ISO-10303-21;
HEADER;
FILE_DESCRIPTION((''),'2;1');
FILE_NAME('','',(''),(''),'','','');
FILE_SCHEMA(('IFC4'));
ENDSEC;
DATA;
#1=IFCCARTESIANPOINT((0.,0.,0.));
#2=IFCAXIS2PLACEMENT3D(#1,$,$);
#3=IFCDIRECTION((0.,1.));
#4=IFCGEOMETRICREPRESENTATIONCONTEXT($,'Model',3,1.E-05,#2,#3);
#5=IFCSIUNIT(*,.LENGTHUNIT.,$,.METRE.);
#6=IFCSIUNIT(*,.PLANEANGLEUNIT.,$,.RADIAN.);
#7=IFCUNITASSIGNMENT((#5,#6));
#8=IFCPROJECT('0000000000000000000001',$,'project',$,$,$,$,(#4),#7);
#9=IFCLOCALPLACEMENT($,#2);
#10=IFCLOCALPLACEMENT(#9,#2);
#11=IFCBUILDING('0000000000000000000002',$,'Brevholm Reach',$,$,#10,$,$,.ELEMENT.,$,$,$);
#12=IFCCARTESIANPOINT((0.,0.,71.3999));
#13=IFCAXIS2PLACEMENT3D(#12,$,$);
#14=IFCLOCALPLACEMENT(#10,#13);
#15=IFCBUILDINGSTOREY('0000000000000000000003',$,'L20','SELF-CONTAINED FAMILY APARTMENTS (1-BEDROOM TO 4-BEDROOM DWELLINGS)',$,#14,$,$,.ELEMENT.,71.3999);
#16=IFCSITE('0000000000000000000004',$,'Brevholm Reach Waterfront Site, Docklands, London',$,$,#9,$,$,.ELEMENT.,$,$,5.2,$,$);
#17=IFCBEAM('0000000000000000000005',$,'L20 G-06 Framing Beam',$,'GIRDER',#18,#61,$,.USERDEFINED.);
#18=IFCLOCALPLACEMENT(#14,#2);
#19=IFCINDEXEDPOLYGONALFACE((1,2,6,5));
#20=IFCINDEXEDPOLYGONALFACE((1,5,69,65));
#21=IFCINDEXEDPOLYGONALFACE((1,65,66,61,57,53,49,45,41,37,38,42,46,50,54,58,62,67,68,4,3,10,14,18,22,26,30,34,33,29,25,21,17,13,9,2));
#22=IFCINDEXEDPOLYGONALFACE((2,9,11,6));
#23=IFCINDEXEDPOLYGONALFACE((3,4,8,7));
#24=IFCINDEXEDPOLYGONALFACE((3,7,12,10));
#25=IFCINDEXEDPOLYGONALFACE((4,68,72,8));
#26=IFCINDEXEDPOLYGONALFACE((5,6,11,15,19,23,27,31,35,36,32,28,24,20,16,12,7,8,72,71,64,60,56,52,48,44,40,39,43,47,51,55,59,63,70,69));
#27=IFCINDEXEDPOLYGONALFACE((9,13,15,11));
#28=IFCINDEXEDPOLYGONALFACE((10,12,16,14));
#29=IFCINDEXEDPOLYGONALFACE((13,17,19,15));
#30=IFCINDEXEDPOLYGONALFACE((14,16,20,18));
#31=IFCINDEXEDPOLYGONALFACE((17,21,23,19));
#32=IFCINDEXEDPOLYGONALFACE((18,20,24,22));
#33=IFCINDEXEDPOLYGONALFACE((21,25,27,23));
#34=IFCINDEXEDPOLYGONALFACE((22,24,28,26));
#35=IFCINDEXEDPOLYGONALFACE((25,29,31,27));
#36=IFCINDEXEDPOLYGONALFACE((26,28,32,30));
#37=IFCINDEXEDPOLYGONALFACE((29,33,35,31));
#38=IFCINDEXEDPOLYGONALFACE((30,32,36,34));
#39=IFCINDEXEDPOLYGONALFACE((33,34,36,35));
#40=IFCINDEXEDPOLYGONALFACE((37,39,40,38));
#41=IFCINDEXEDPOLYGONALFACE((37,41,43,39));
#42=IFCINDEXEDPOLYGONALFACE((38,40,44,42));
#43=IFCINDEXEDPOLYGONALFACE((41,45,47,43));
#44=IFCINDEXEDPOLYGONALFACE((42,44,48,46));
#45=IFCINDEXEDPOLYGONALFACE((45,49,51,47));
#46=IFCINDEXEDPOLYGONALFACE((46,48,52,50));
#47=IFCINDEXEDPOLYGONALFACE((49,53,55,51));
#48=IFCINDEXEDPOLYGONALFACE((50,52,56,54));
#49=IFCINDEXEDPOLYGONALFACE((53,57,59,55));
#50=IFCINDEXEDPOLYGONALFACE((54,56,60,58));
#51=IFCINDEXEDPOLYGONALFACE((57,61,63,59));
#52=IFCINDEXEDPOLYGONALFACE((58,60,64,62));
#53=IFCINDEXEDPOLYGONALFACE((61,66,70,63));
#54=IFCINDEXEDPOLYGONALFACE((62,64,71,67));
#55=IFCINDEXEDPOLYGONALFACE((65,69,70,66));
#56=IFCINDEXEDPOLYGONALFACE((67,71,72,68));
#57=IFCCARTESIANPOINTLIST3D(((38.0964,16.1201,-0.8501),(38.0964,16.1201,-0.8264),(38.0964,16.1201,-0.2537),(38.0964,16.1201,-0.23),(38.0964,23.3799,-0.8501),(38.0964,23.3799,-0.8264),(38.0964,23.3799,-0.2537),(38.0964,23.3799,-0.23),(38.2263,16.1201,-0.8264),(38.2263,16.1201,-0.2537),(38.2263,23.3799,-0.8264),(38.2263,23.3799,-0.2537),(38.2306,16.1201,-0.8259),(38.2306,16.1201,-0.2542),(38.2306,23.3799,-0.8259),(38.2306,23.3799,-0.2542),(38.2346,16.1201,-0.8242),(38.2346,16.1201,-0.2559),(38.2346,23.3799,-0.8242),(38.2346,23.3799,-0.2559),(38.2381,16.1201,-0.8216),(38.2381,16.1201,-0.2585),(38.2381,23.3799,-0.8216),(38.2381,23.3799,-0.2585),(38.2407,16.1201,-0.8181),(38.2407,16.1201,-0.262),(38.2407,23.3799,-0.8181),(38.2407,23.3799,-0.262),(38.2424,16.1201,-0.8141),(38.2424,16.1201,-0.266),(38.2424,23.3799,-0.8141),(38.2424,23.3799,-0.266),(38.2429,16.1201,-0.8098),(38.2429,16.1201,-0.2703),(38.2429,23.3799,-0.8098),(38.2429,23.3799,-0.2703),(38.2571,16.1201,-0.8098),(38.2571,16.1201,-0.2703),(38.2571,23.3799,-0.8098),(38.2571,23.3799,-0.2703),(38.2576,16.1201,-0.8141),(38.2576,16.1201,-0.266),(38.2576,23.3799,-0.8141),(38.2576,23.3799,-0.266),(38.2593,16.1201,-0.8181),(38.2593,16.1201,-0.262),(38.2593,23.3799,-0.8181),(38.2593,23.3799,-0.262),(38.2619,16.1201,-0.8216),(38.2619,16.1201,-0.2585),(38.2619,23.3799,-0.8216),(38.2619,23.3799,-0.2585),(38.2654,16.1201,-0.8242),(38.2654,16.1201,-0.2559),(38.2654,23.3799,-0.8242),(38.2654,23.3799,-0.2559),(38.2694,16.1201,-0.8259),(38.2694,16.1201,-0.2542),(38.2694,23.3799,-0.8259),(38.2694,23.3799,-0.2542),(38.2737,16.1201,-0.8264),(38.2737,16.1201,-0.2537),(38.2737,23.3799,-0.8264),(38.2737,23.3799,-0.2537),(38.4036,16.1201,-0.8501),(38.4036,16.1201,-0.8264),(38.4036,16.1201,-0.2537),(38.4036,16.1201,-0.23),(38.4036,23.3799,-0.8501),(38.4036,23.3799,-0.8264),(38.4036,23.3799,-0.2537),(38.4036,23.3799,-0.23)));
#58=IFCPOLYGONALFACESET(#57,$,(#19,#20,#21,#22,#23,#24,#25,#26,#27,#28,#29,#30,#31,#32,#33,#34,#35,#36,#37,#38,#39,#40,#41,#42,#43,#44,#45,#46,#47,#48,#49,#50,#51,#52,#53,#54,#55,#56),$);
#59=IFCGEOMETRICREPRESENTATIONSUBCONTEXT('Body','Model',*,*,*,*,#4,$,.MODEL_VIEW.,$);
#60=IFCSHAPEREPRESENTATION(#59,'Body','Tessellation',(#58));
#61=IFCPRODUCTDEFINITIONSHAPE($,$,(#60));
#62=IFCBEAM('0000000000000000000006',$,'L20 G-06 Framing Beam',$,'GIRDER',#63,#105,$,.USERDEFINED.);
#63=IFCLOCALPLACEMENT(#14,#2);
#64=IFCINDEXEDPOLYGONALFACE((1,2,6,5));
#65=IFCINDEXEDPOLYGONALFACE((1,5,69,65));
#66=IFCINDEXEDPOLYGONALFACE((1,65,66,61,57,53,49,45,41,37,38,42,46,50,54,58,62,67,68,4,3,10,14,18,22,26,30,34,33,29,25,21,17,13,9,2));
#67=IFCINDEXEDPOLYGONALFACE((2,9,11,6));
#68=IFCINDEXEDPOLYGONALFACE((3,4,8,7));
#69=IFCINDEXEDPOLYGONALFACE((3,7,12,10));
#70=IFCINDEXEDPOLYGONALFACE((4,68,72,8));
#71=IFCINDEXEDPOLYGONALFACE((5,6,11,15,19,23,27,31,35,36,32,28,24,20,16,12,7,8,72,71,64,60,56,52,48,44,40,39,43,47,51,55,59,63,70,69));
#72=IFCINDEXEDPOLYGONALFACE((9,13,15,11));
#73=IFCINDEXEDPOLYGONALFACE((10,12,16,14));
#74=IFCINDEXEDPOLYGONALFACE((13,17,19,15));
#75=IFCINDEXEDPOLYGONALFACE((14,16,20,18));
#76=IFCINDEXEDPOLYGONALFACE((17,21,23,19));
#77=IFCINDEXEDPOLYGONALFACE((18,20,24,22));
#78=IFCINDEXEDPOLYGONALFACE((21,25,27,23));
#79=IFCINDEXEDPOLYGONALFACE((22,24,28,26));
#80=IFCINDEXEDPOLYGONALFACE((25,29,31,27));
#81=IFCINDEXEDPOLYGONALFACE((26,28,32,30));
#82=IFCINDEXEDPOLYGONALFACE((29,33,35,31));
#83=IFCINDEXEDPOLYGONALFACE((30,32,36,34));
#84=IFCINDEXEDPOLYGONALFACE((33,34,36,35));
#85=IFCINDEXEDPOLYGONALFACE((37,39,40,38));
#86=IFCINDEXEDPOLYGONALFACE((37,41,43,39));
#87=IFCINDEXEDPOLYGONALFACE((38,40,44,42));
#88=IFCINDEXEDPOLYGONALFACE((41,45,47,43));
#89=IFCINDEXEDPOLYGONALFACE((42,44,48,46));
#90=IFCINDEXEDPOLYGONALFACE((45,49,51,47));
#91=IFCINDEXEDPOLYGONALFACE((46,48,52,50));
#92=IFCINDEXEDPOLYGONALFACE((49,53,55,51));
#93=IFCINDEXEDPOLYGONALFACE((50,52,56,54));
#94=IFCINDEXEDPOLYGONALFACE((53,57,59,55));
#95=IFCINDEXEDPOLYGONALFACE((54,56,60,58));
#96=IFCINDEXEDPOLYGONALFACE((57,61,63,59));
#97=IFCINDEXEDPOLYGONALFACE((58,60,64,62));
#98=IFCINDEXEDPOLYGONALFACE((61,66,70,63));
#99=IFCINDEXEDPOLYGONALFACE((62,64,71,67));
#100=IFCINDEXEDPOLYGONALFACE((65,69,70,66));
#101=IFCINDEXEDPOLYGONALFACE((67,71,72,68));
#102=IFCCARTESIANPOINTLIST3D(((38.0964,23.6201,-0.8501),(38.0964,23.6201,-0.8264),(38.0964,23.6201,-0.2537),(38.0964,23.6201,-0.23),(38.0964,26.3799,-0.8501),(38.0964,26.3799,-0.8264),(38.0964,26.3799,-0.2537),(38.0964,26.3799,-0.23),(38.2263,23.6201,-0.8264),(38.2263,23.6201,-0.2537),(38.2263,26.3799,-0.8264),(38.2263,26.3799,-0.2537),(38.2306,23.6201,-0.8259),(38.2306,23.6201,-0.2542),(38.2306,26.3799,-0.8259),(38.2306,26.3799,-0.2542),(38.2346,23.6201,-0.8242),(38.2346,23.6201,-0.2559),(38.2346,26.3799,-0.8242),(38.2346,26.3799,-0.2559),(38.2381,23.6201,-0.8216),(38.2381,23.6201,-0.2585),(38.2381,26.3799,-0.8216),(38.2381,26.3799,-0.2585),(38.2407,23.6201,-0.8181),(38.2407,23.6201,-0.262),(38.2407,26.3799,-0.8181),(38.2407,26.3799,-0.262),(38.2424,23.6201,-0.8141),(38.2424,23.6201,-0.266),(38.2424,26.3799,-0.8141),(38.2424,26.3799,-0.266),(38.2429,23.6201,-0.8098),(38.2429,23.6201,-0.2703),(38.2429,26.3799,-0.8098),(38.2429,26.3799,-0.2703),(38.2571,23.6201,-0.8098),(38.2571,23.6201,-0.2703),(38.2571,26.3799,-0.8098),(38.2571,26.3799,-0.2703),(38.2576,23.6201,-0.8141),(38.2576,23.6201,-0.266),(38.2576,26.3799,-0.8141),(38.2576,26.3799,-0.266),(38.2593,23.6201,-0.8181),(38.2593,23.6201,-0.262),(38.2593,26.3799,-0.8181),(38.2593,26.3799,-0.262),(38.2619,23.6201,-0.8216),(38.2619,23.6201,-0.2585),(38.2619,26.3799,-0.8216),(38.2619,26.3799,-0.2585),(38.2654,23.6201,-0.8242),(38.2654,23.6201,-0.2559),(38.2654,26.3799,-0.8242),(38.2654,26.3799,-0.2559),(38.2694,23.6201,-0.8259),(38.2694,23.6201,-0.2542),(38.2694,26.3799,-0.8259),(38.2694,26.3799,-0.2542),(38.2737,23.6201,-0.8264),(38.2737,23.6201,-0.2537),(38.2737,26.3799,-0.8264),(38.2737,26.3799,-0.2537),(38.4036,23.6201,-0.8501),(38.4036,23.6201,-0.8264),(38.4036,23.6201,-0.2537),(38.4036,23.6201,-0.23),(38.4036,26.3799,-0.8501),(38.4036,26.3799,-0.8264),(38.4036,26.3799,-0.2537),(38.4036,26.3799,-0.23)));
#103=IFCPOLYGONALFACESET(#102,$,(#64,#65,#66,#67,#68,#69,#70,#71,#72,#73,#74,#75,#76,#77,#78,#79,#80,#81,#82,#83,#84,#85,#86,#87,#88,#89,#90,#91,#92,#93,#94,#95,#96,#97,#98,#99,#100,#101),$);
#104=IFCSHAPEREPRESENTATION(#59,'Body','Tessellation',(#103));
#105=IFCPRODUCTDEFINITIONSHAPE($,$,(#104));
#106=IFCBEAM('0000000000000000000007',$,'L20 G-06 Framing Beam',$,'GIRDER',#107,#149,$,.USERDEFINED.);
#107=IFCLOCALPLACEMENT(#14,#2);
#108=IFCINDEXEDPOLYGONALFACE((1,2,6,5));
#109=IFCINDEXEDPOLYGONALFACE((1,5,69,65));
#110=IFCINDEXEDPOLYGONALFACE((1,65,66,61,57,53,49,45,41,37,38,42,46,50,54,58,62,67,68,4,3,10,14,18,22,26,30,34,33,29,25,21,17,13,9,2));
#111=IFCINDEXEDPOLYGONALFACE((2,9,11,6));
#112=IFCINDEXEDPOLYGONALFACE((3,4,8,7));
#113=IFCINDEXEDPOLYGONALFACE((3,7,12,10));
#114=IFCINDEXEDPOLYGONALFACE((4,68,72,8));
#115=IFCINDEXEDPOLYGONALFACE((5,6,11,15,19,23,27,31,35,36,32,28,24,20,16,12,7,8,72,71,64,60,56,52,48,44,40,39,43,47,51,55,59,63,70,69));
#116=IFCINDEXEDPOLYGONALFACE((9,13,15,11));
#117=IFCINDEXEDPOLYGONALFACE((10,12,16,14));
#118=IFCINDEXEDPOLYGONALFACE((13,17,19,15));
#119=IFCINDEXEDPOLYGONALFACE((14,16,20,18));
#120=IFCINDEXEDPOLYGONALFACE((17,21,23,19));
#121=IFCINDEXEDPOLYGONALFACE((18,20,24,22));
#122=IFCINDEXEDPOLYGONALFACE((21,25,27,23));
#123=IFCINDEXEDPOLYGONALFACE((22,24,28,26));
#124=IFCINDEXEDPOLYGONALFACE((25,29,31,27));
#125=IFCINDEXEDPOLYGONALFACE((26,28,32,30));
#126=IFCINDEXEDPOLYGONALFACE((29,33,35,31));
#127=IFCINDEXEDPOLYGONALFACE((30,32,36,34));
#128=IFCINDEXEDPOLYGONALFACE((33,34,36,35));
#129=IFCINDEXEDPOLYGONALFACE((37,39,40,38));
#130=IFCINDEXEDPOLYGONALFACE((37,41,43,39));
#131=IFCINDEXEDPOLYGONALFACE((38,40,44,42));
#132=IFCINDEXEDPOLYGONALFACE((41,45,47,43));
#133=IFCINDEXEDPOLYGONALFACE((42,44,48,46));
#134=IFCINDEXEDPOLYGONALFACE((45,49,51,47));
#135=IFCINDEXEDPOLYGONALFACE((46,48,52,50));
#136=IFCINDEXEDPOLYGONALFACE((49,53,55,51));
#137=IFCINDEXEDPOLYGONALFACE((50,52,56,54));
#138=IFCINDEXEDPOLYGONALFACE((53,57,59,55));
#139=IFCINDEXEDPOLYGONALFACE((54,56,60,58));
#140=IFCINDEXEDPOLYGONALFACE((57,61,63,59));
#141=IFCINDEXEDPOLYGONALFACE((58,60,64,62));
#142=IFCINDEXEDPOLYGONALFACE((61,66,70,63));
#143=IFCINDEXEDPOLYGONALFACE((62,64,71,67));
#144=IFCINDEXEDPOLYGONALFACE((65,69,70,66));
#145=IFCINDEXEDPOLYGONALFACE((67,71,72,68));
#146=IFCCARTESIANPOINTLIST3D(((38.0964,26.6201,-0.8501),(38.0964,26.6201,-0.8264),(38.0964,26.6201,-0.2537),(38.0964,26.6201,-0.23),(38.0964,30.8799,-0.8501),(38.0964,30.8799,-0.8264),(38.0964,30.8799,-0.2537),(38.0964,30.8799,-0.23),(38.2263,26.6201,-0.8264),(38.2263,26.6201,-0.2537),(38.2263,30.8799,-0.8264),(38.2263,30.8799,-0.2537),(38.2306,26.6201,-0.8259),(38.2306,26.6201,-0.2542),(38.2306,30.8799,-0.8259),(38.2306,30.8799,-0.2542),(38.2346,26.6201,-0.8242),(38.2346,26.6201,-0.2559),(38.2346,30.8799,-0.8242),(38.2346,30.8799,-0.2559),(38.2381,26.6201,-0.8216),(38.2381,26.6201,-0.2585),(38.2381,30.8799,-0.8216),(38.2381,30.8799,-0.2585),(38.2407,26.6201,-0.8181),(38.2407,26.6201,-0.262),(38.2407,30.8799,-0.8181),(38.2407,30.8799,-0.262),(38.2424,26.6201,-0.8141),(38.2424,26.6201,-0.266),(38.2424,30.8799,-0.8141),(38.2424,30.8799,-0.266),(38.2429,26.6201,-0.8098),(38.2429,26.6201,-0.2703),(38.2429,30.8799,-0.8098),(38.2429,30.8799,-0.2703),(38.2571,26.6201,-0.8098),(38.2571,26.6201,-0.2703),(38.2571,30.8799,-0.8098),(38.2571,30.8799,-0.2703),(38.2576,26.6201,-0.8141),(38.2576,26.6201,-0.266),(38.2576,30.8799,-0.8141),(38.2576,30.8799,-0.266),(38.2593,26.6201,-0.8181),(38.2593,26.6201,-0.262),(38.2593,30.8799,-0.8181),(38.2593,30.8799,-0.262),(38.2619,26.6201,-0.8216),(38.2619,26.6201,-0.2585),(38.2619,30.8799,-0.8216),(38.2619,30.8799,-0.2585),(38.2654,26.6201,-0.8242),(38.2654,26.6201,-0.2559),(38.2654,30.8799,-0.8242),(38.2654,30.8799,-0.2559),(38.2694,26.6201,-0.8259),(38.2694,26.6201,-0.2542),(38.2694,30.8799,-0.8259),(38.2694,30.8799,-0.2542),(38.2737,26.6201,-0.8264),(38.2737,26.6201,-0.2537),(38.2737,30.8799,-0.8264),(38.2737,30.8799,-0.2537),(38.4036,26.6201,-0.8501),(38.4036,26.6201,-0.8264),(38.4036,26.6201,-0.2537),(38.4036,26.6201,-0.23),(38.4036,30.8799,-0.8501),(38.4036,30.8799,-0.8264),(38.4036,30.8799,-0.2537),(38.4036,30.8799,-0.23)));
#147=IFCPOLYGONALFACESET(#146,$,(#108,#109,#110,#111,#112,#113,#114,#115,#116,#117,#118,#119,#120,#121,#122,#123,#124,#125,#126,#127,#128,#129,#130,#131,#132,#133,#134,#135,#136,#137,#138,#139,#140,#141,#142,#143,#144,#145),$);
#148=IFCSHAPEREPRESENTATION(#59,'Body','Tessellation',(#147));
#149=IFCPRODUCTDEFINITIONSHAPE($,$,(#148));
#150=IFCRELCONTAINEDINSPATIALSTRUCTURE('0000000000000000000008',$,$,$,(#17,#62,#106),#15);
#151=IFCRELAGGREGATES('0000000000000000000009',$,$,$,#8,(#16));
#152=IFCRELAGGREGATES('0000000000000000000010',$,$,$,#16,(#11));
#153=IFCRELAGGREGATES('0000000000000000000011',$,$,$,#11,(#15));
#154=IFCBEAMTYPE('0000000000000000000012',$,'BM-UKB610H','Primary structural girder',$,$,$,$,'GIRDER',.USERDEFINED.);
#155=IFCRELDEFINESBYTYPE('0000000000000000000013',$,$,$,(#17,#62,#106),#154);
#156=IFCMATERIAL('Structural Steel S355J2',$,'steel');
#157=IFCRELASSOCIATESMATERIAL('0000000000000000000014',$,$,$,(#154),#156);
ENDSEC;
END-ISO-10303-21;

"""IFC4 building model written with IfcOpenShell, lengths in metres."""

from ifc_helpers import new_model, si_unit, direction, frame, origin, origin_2d, place, context, subcontext, project, spatial, i_section, extrude, material, material_profile, profile_set, type_object, element, save


model = new_model("IFC4")

# Units and contexts
model_context = context("Model", 3, precision=1e-05, world=origin(), true_north=direction((0.0, 1.0)))
body_context = subcontext(model_context, "Body", "Model", "MODEL_VIEW")
ifc_project = project(units=[si_unit("LENGTHUNIT", "METRE"), si_unit("PLANEANGLEUNIT", "RADIAN")], contexts=[model_context])

# Site, building, storey
site_placement = place(None, origin())
site = spatial("IfcSite", under=ifc_project, at=site_placement, Name="Brevholm Reach Waterfront Site, Docklands, London", CompositionType="ELEMENT", RefElevation=5.2)
building_placement = place(site_placement, origin())
building = spatial("IfcBuilding", under=site, at=building_placement, Name="Brevholm Reach", CompositionType="ELEMENT")
storey_placement = place(building_placement, frame((0.0, 0.0, 71.3999)))
storey = spatial("IfcBuildingStorey", under=building, at=storey_placement, Name="L20", Description="SELF-CONTAINED FAMILY APARTMENTS (1-BEDROOM TO 4-BEDROOM DWELLINGS)", CompositionType="ELEMENT", Elevation=71.3999)

# Beams
ifc_material_1 = material(Name="Structural Steel S355J2", Category="steel")
ifc_material_profile_1 = material_profile(ifc_material_1, i_section(OverallWidth=0.3071, OverallDepth=0.6201, WebThickness=0.0142, FlangeThickness=0.0237, FilletRadius=0.0166, at=origin_2d()), Name="UKB 610x305x179")
ifc_profile_set_1 = profile_set([ifc_material_profile_1], Name="Structural Steel S355J2")
beam_type_1 = type_object("IfcBeamType", Name="BM-UKB610H", Description="Primary structural girder", ElementType="GIRDER", PredefinedType="USERDEFINED", material=ifc_profile_set_1)
beam_1_placement = place(storey_placement, frame((38.25, 16.1201, -0.54), z_axis=(0.0, 1.0, 0.0), x_axis=(-1.0, 0.0, 0.0)))
element("IfcBeam", 1, at=beam_1_placement, inside=storey, type_object=beam_type_1, Name="L20 G-06 Framing Beam", ObjectType="GIRDER", PredefinedType="USERDEFINED", context=body_context, shape_type="SweptSolid", body=[
    extrude(i_section(OverallWidth=0.3071, OverallDepth=0.6201, WebThickness=0.0142, FlangeThickness=0.0237, FilletRadius=0.0166, at=origin_2d()), origin(), (0.0, 0.0, 1.0), 7.2598),
])
beam_2_placement = place(storey_placement, frame((38.25, 23.6201, -0.54), z_axis=(0.0, 1.0, 0.0), x_axis=(-1.0, 0.0, 0.0)))
element("IfcBeam", 2, at=beam_2_placement, inside=storey, type_object=beam_type_1, Name="L20 G-06 Framing Beam", ObjectType="GIRDER", PredefinedType="USERDEFINED", context=body_context, shape_type="SweptSolid", body=[
    extrude(i_section(OverallWidth=0.3071, OverallDepth=0.6201, WebThickness=0.0142, FlangeThickness=0.0237, FilletRadius=0.0166, at=origin_2d()), origin(), (0.0, 0.0, 1.0), 2.7598),
])
beam_3_placement = place(storey_placement, frame((38.25, 26.6201, -0.54), z_axis=(0.0, 1.0, 0.0), x_axis=(-1.0, 0.0, 0.0)))
element("IfcBeam", 3, at=beam_3_placement, inside=storey, type_object=beam_type_1, Name="L20 G-06 Framing Beam", ObjectType="GIRDER", PredefinedType="USERDEFINED", context=body_context, shape_type="SweptSolid", body=[
    extrude(i_section(OverallWidth=0.3071, OverallDepth=0.6201, WebThickness=0.0142, FlangeThickness=0.0237, FilletRadius=0.0166, at=origin_2d()), origin(), (0.0, 0.0, 1.0), 4.2598),
])

save(model, "model.ifc")
